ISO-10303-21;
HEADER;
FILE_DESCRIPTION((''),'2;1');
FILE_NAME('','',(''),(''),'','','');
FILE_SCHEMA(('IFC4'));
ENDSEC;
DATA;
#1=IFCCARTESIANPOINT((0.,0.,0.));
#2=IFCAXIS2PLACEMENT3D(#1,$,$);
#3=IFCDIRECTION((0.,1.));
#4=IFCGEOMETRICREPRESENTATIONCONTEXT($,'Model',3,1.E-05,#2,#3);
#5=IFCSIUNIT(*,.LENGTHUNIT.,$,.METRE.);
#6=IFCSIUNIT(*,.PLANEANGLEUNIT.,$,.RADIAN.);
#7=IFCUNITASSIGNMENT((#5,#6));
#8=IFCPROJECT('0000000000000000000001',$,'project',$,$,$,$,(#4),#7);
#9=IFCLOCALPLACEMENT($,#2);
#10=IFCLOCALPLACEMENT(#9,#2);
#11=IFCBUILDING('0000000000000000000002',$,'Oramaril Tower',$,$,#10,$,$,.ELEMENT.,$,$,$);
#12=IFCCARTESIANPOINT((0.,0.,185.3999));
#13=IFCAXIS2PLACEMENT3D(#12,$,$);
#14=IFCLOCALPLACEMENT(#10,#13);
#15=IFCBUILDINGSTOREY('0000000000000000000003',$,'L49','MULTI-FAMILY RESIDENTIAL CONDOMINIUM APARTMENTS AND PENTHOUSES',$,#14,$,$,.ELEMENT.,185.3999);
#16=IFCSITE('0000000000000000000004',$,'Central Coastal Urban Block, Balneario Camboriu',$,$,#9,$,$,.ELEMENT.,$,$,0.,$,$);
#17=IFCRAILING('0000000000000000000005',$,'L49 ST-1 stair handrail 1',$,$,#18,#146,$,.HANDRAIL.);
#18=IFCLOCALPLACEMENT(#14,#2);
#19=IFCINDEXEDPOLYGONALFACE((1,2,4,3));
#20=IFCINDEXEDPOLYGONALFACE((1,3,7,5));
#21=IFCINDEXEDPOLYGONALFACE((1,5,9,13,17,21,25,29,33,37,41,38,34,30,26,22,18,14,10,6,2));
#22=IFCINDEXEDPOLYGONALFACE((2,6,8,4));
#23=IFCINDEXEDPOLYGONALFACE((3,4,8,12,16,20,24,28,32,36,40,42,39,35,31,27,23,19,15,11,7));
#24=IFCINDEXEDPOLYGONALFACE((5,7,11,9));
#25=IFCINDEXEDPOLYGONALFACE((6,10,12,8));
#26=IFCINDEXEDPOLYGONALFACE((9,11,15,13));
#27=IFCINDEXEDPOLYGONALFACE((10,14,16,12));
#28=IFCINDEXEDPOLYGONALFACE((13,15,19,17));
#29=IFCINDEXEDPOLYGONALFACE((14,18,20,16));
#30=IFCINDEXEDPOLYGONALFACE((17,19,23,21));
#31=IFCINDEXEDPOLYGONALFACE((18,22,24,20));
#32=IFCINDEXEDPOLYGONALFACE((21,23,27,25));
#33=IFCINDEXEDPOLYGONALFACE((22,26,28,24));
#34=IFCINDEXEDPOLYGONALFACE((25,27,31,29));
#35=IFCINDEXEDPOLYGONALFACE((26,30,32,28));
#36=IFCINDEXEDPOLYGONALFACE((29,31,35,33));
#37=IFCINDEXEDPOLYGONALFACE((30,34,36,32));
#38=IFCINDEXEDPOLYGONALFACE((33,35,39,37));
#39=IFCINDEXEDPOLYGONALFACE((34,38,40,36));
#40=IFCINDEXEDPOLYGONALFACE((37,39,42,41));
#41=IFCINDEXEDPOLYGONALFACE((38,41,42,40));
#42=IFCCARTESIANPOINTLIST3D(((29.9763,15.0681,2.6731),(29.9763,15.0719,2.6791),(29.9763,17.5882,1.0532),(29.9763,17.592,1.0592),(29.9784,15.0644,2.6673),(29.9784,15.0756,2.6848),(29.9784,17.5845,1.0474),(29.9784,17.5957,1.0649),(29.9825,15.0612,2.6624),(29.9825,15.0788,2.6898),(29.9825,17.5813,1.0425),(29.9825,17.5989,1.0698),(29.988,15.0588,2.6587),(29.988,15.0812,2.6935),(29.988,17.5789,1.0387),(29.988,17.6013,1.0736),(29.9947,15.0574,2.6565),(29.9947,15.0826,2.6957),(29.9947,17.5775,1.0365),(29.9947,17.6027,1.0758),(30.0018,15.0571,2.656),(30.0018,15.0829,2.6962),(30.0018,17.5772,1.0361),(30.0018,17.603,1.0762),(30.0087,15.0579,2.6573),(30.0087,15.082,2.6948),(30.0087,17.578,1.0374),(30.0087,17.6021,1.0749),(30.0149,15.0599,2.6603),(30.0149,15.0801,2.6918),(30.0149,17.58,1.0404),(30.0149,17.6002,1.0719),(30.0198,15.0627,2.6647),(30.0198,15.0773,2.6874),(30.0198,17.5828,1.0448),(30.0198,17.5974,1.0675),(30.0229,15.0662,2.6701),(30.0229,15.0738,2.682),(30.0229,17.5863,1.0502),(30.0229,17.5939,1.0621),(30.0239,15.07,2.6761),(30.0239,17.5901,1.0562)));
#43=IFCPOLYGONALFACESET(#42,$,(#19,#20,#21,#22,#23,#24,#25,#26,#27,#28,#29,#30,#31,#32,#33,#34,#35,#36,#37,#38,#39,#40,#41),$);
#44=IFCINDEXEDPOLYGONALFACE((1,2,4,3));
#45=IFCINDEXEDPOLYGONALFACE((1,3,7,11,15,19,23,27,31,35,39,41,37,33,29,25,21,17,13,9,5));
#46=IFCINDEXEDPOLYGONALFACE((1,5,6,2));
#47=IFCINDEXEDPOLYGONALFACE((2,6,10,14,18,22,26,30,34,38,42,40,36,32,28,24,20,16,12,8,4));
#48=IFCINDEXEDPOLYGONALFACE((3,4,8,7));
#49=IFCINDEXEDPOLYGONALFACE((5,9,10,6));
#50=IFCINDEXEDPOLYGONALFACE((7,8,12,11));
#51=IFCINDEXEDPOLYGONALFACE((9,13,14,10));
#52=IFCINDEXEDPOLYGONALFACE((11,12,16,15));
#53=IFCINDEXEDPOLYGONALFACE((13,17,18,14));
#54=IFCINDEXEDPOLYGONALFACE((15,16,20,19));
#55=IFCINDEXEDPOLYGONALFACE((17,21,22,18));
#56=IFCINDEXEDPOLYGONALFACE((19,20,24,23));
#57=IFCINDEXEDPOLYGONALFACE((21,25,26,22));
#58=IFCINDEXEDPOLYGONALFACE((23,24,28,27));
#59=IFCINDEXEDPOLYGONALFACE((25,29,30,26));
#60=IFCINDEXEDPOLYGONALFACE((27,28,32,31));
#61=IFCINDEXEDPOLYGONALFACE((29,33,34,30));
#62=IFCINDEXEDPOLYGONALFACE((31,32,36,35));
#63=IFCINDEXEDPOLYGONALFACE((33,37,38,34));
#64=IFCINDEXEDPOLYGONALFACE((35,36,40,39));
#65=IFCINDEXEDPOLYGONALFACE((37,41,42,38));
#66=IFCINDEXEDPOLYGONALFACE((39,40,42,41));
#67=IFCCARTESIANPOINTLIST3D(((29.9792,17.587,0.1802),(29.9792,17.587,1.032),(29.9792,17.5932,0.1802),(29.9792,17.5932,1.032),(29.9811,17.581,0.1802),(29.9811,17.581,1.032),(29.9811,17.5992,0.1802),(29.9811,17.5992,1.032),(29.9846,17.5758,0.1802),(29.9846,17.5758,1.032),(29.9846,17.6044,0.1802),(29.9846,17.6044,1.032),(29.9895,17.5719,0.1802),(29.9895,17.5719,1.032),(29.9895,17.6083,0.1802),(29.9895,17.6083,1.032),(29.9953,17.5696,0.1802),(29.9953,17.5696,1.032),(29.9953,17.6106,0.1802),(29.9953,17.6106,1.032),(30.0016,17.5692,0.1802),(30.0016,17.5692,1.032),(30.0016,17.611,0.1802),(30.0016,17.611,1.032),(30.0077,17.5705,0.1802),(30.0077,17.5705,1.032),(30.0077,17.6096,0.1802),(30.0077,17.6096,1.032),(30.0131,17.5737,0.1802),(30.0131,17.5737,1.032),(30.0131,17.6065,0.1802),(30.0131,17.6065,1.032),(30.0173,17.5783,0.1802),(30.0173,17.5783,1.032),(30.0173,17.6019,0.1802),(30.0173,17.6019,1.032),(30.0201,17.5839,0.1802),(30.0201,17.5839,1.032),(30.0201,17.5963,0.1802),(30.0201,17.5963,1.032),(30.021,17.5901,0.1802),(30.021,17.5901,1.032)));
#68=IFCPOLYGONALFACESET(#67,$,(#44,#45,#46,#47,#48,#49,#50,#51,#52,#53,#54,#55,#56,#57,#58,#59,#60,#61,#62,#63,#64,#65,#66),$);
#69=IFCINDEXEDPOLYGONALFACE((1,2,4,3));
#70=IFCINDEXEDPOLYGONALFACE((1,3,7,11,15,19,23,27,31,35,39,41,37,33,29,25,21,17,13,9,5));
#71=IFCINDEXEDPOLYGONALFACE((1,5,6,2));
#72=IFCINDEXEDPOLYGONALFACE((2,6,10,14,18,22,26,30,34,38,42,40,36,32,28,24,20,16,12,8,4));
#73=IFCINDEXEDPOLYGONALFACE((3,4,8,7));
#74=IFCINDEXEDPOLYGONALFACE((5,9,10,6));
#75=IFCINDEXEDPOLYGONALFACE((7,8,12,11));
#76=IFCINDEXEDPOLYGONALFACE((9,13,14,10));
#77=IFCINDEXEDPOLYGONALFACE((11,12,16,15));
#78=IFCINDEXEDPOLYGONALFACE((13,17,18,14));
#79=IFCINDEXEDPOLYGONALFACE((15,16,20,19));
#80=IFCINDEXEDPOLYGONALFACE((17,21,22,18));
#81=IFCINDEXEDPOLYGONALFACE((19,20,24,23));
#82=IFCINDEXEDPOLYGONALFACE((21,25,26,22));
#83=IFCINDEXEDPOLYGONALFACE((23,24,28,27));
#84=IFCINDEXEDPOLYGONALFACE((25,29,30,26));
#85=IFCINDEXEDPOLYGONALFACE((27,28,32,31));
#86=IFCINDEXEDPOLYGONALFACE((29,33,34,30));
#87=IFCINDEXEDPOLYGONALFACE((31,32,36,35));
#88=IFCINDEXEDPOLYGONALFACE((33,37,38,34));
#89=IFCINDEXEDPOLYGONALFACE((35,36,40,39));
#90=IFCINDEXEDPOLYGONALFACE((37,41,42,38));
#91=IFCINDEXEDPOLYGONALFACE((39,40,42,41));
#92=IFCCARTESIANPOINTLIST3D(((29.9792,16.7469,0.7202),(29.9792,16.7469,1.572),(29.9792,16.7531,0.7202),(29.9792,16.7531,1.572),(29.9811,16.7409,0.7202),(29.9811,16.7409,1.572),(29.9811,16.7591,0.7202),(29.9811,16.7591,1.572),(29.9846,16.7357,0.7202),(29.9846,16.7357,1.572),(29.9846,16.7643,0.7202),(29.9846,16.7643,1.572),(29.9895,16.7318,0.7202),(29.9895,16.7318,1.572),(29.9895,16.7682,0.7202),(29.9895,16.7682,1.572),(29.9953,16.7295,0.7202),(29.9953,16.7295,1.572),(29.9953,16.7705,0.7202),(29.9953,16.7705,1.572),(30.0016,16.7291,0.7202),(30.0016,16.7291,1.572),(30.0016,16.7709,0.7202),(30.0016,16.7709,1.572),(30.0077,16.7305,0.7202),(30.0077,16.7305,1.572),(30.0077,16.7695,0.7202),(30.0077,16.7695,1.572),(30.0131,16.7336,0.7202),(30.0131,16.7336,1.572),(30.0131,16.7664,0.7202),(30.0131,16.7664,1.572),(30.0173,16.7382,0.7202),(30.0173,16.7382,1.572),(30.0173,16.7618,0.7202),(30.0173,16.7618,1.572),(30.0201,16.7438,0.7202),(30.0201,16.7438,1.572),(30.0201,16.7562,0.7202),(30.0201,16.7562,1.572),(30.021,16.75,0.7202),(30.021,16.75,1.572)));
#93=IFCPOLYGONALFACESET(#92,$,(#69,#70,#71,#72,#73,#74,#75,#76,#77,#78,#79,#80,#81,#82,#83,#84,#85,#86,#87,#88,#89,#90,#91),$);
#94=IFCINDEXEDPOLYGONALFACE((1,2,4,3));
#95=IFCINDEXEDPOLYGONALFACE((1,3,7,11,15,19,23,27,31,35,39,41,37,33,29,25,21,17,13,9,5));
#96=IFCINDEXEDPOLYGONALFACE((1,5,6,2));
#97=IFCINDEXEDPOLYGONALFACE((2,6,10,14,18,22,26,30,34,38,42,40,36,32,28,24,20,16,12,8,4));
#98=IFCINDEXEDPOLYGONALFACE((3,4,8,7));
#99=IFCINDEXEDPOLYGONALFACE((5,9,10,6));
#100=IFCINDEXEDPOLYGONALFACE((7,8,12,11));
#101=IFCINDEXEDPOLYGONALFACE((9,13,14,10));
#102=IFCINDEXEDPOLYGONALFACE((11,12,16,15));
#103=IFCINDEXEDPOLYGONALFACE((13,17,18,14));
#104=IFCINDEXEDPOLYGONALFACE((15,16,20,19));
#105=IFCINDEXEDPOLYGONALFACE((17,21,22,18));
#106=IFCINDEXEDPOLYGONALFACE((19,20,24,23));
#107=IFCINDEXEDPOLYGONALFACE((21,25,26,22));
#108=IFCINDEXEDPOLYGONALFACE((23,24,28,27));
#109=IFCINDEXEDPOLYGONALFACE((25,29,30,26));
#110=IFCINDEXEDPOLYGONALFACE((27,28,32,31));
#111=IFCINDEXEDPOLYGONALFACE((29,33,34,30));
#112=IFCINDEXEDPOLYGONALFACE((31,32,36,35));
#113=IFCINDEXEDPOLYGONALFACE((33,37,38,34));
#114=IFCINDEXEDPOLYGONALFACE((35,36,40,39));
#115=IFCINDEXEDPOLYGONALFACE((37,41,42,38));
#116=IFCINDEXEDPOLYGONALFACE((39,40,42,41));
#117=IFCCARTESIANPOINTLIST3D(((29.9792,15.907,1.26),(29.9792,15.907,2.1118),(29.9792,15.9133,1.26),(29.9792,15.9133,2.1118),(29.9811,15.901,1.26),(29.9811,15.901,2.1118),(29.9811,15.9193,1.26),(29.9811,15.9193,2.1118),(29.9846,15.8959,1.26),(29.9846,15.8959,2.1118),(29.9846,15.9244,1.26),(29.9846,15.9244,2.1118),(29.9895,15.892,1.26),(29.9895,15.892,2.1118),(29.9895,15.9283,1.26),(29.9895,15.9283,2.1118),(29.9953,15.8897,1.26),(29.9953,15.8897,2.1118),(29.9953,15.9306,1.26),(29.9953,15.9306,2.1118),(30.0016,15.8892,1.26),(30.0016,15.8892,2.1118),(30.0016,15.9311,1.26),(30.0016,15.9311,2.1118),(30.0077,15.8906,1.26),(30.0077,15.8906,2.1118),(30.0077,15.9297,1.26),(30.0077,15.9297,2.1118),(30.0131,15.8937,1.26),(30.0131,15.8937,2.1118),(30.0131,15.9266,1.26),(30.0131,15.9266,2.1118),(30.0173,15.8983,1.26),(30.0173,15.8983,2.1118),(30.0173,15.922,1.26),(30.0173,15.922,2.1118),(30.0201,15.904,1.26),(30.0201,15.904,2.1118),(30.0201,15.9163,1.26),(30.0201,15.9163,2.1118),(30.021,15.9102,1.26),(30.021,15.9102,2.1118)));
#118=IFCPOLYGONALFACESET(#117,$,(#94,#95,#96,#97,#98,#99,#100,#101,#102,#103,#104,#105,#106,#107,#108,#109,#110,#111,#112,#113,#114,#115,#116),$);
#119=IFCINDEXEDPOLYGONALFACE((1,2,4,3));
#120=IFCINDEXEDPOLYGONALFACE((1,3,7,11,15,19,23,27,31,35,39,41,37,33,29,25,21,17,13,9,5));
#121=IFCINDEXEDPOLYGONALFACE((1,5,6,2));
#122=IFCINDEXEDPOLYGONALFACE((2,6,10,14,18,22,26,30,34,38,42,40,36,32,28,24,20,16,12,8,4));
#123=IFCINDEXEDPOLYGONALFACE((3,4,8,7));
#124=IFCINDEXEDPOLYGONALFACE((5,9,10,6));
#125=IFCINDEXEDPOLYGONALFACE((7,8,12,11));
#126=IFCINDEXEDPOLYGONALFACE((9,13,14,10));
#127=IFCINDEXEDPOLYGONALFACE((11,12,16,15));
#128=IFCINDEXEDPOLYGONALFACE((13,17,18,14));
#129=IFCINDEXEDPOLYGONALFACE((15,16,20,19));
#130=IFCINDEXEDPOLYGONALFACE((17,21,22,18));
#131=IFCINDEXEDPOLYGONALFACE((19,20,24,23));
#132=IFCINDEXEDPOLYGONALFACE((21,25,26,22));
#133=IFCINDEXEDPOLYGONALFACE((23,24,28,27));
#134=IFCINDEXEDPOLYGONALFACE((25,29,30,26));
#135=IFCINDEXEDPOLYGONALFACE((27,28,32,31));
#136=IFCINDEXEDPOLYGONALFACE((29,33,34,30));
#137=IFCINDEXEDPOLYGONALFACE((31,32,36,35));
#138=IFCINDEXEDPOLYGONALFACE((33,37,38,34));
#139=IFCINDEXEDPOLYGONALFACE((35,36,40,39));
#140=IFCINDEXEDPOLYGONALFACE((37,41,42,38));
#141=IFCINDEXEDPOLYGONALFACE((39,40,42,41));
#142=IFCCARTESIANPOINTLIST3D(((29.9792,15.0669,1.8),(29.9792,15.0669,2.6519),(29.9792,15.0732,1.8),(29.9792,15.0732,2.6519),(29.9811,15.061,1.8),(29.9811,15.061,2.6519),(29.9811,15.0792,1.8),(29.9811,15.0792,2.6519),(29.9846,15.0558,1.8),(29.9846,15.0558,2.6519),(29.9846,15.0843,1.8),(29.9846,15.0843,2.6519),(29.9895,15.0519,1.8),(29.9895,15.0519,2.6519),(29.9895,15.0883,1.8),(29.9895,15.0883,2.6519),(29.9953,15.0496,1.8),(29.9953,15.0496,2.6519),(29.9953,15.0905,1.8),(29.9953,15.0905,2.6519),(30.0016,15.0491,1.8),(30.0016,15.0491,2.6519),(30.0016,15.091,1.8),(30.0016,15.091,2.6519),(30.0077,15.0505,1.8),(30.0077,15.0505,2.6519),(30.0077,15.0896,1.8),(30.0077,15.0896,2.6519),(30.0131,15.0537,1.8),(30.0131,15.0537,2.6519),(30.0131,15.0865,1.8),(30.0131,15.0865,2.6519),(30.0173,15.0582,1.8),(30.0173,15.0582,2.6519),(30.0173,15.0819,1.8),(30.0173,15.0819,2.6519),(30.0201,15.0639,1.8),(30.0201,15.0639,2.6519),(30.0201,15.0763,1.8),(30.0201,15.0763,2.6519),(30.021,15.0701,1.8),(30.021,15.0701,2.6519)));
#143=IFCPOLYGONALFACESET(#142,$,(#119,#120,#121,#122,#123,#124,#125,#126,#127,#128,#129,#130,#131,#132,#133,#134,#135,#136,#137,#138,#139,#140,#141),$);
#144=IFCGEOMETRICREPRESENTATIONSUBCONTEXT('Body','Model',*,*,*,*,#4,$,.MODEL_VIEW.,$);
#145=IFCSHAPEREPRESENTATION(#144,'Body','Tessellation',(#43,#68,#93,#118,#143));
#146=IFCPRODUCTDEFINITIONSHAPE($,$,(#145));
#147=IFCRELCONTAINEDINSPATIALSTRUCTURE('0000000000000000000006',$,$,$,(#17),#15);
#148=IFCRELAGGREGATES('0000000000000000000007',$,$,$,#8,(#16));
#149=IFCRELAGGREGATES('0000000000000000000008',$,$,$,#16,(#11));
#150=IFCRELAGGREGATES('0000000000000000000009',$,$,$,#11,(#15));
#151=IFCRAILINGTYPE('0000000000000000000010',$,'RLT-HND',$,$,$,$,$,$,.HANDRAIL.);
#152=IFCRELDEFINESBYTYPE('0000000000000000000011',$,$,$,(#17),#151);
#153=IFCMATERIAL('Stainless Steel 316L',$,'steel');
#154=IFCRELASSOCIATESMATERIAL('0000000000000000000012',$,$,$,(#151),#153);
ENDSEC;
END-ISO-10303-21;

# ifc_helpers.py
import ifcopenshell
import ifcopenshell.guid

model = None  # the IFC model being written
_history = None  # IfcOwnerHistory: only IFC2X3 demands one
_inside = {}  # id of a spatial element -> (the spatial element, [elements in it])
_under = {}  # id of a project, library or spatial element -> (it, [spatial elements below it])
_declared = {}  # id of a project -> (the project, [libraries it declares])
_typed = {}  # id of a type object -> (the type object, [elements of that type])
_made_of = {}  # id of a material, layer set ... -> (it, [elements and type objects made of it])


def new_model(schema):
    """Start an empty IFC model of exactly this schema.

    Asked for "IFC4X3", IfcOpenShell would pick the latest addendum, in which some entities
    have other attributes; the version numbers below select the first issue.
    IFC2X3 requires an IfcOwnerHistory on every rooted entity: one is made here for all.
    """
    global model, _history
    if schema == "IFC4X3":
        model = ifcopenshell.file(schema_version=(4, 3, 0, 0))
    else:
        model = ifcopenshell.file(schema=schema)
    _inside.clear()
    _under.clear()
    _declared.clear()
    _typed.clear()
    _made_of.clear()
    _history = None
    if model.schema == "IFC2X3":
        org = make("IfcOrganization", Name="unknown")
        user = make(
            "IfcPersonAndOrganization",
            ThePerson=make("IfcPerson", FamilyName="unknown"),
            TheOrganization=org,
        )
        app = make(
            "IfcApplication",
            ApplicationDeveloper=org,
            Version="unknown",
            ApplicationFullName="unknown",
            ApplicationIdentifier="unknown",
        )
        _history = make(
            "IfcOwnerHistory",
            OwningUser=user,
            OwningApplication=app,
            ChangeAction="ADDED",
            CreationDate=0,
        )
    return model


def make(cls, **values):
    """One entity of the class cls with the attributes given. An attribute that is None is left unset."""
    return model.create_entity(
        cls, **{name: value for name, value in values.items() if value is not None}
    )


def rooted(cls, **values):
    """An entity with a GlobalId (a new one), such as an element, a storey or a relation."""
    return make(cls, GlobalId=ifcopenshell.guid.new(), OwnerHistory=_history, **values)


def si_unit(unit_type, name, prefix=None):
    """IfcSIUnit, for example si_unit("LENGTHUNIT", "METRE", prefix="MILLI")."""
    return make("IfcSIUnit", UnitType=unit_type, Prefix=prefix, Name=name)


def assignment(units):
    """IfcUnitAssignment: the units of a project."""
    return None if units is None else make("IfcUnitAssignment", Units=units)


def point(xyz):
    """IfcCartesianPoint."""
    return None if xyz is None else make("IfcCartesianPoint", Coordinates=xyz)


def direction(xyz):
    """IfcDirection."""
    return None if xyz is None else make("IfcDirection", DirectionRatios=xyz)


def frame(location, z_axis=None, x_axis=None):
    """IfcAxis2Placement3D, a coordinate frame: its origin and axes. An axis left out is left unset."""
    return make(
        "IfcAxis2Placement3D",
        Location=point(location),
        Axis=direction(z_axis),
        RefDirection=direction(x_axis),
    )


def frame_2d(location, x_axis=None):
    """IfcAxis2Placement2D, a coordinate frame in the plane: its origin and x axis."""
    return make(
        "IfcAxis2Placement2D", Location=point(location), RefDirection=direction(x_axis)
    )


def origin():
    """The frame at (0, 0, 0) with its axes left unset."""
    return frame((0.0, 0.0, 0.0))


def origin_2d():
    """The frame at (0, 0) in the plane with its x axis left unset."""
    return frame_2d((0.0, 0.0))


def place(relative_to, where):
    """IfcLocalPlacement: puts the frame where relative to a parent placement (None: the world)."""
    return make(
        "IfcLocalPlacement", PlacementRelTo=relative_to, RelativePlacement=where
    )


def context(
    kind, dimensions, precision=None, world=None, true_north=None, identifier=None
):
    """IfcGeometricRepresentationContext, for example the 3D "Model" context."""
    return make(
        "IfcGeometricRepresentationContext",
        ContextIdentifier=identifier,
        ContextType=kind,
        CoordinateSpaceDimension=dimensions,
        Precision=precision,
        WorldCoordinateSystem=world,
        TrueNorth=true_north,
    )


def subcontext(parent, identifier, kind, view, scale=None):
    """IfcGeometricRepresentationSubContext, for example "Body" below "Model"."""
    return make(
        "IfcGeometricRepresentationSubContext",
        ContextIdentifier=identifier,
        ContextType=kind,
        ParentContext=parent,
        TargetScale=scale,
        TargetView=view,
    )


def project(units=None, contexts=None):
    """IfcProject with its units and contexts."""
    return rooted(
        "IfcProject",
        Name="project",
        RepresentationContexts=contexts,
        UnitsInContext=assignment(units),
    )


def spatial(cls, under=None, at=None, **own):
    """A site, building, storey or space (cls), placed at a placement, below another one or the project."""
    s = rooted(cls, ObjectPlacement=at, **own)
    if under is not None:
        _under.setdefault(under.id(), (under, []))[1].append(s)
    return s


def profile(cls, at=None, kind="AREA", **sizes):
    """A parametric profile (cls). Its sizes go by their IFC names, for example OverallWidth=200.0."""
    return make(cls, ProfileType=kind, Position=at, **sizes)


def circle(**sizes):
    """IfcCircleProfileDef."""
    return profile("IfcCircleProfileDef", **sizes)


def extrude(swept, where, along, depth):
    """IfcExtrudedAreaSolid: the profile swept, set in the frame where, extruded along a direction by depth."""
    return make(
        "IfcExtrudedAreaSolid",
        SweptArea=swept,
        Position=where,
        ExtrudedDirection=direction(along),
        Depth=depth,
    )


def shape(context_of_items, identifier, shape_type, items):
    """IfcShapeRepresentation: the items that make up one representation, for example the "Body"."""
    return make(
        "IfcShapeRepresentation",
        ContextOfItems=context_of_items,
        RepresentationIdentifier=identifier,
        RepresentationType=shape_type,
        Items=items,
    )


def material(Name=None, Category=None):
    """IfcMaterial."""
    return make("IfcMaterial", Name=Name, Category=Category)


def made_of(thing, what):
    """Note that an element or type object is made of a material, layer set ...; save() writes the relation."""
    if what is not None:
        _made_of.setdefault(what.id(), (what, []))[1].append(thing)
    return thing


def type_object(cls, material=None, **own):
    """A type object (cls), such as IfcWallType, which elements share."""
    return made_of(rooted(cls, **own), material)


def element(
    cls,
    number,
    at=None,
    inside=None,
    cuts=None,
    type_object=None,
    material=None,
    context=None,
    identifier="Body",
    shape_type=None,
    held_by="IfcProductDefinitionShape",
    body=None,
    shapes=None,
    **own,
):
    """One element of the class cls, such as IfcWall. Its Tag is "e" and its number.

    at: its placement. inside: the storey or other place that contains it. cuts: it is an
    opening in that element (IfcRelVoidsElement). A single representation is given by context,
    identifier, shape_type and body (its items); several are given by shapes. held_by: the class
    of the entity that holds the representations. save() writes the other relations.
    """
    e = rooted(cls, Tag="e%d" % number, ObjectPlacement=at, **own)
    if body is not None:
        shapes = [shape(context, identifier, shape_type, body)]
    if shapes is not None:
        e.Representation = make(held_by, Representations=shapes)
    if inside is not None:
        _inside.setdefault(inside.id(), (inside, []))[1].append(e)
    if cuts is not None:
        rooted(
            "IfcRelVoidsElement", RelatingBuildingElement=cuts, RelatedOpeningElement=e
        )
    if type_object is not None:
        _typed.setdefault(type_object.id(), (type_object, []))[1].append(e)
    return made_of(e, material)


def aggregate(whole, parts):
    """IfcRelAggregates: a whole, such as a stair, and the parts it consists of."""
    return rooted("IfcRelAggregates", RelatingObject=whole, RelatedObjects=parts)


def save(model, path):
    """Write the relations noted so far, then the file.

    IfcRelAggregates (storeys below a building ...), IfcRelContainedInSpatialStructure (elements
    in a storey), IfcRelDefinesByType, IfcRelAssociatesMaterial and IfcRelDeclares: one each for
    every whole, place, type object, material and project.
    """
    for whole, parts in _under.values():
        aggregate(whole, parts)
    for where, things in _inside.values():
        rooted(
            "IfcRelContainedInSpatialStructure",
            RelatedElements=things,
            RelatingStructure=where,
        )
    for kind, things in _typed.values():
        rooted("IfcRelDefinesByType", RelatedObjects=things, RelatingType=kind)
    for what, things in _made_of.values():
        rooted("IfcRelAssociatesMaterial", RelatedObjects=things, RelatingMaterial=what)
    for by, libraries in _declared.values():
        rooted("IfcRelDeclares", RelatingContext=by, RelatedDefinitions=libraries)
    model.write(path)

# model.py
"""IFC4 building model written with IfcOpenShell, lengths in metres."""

from ifc_helpers import new_model, si_unit, direction, frame, origin, origin_2d, place, context, subcontext, project, spatial, circle, extrude, material, type_object, element, save


model = new_model("IFC4")

# Units and contexts
model_context = context("Model", 3, precision=1e-05, world=origin(), true_north=direction((0.0, 1.0)))
body_context = subcontext(model_context, "Body", "Model", "MODEL_VIEW")
ifc_project = project(units=[si_unit("LENGTHUNIT", "METRE"), si_unit("PLANEANGLEUNIT", "RADIAN")], contexts=[model_context])

# Site, building, storey
site_placement = place(None, origin())
site = spatial("IfcSite", under=ifc_project, at=site_placement, Name="Central Coastal Urban Block, Balneario Camboriu", CompositionType="ELEMENT", RefElevation=0.0)
building_placement = place(site_placement, origin())
building = spatial("IfcBuilding", under=site, at=building_placement, Name="Oramaril Tower", CompositionType="ELEMENT")
storey_placement = place(building_placement, frame((0.0, 0.0, 185.3999)))
storey = spatial("IfcBuildingStorey", under=building, at=storey_placement, Name="L49", Description="MULTI-FAMILY RESIDENTIAL CONDOMINIUM APARTMENTS AND PENTHOUSES", CompositionType="ELEMENT", Elevation=185.3999)

# Railing
ifc_material_1 = material(Name="Stainless Steel 316L", Category="steel")
railing_type_1 = type_object("IfcRailingType", Name="RLT-HND", PredefinedType="HANDRAIL", material=ifc_material_1)
railing_1_placement = place(storey_placement, frame((30.0, 17.5901, 0.1802)))
element("IfcRailing", 1, at=railing_1_placement, inside=storey, type_object=railing_type_1, Name="L49 ST-1 stair handrail 1", PredefinedType="HANDRAIL", context=body_context, shape_type="SweptSolid", body=[
    extrude(circle(Radius=0.0239, at=origin_2d()), frame((0.0, 0.0, 0.876), z_axis=(0.0, -0.8412, 0.540725), x_axis=(1.0, 0.0, 0.0)), (0.0, 0.0, 1.0), 2.9958),
    extrude(circle(Radius=0.021, at=origin_2d()), origin(), (0.0, 0.0, 1.0), 0.8518),
    extrude(circle(Radius=0.021, at=origin_2d()), frame((0.0, -0.8401, 0.54)), (0.0, 0.0, 1.0), 0.8518),
    extrude(circle(Radius=0.021, at=origin_2d()), frame((0.0, -1.6799, 1.0798)), (0.0, 0.0, 1.0), 0.8518),
    extrude(circle(Radius=0.021, at=origin_2d()), frame((0.0, -2.52, 1.6199)), (0.0, 0.0, 1.0), 0.8518),
])

save(model, "model.ifc")
